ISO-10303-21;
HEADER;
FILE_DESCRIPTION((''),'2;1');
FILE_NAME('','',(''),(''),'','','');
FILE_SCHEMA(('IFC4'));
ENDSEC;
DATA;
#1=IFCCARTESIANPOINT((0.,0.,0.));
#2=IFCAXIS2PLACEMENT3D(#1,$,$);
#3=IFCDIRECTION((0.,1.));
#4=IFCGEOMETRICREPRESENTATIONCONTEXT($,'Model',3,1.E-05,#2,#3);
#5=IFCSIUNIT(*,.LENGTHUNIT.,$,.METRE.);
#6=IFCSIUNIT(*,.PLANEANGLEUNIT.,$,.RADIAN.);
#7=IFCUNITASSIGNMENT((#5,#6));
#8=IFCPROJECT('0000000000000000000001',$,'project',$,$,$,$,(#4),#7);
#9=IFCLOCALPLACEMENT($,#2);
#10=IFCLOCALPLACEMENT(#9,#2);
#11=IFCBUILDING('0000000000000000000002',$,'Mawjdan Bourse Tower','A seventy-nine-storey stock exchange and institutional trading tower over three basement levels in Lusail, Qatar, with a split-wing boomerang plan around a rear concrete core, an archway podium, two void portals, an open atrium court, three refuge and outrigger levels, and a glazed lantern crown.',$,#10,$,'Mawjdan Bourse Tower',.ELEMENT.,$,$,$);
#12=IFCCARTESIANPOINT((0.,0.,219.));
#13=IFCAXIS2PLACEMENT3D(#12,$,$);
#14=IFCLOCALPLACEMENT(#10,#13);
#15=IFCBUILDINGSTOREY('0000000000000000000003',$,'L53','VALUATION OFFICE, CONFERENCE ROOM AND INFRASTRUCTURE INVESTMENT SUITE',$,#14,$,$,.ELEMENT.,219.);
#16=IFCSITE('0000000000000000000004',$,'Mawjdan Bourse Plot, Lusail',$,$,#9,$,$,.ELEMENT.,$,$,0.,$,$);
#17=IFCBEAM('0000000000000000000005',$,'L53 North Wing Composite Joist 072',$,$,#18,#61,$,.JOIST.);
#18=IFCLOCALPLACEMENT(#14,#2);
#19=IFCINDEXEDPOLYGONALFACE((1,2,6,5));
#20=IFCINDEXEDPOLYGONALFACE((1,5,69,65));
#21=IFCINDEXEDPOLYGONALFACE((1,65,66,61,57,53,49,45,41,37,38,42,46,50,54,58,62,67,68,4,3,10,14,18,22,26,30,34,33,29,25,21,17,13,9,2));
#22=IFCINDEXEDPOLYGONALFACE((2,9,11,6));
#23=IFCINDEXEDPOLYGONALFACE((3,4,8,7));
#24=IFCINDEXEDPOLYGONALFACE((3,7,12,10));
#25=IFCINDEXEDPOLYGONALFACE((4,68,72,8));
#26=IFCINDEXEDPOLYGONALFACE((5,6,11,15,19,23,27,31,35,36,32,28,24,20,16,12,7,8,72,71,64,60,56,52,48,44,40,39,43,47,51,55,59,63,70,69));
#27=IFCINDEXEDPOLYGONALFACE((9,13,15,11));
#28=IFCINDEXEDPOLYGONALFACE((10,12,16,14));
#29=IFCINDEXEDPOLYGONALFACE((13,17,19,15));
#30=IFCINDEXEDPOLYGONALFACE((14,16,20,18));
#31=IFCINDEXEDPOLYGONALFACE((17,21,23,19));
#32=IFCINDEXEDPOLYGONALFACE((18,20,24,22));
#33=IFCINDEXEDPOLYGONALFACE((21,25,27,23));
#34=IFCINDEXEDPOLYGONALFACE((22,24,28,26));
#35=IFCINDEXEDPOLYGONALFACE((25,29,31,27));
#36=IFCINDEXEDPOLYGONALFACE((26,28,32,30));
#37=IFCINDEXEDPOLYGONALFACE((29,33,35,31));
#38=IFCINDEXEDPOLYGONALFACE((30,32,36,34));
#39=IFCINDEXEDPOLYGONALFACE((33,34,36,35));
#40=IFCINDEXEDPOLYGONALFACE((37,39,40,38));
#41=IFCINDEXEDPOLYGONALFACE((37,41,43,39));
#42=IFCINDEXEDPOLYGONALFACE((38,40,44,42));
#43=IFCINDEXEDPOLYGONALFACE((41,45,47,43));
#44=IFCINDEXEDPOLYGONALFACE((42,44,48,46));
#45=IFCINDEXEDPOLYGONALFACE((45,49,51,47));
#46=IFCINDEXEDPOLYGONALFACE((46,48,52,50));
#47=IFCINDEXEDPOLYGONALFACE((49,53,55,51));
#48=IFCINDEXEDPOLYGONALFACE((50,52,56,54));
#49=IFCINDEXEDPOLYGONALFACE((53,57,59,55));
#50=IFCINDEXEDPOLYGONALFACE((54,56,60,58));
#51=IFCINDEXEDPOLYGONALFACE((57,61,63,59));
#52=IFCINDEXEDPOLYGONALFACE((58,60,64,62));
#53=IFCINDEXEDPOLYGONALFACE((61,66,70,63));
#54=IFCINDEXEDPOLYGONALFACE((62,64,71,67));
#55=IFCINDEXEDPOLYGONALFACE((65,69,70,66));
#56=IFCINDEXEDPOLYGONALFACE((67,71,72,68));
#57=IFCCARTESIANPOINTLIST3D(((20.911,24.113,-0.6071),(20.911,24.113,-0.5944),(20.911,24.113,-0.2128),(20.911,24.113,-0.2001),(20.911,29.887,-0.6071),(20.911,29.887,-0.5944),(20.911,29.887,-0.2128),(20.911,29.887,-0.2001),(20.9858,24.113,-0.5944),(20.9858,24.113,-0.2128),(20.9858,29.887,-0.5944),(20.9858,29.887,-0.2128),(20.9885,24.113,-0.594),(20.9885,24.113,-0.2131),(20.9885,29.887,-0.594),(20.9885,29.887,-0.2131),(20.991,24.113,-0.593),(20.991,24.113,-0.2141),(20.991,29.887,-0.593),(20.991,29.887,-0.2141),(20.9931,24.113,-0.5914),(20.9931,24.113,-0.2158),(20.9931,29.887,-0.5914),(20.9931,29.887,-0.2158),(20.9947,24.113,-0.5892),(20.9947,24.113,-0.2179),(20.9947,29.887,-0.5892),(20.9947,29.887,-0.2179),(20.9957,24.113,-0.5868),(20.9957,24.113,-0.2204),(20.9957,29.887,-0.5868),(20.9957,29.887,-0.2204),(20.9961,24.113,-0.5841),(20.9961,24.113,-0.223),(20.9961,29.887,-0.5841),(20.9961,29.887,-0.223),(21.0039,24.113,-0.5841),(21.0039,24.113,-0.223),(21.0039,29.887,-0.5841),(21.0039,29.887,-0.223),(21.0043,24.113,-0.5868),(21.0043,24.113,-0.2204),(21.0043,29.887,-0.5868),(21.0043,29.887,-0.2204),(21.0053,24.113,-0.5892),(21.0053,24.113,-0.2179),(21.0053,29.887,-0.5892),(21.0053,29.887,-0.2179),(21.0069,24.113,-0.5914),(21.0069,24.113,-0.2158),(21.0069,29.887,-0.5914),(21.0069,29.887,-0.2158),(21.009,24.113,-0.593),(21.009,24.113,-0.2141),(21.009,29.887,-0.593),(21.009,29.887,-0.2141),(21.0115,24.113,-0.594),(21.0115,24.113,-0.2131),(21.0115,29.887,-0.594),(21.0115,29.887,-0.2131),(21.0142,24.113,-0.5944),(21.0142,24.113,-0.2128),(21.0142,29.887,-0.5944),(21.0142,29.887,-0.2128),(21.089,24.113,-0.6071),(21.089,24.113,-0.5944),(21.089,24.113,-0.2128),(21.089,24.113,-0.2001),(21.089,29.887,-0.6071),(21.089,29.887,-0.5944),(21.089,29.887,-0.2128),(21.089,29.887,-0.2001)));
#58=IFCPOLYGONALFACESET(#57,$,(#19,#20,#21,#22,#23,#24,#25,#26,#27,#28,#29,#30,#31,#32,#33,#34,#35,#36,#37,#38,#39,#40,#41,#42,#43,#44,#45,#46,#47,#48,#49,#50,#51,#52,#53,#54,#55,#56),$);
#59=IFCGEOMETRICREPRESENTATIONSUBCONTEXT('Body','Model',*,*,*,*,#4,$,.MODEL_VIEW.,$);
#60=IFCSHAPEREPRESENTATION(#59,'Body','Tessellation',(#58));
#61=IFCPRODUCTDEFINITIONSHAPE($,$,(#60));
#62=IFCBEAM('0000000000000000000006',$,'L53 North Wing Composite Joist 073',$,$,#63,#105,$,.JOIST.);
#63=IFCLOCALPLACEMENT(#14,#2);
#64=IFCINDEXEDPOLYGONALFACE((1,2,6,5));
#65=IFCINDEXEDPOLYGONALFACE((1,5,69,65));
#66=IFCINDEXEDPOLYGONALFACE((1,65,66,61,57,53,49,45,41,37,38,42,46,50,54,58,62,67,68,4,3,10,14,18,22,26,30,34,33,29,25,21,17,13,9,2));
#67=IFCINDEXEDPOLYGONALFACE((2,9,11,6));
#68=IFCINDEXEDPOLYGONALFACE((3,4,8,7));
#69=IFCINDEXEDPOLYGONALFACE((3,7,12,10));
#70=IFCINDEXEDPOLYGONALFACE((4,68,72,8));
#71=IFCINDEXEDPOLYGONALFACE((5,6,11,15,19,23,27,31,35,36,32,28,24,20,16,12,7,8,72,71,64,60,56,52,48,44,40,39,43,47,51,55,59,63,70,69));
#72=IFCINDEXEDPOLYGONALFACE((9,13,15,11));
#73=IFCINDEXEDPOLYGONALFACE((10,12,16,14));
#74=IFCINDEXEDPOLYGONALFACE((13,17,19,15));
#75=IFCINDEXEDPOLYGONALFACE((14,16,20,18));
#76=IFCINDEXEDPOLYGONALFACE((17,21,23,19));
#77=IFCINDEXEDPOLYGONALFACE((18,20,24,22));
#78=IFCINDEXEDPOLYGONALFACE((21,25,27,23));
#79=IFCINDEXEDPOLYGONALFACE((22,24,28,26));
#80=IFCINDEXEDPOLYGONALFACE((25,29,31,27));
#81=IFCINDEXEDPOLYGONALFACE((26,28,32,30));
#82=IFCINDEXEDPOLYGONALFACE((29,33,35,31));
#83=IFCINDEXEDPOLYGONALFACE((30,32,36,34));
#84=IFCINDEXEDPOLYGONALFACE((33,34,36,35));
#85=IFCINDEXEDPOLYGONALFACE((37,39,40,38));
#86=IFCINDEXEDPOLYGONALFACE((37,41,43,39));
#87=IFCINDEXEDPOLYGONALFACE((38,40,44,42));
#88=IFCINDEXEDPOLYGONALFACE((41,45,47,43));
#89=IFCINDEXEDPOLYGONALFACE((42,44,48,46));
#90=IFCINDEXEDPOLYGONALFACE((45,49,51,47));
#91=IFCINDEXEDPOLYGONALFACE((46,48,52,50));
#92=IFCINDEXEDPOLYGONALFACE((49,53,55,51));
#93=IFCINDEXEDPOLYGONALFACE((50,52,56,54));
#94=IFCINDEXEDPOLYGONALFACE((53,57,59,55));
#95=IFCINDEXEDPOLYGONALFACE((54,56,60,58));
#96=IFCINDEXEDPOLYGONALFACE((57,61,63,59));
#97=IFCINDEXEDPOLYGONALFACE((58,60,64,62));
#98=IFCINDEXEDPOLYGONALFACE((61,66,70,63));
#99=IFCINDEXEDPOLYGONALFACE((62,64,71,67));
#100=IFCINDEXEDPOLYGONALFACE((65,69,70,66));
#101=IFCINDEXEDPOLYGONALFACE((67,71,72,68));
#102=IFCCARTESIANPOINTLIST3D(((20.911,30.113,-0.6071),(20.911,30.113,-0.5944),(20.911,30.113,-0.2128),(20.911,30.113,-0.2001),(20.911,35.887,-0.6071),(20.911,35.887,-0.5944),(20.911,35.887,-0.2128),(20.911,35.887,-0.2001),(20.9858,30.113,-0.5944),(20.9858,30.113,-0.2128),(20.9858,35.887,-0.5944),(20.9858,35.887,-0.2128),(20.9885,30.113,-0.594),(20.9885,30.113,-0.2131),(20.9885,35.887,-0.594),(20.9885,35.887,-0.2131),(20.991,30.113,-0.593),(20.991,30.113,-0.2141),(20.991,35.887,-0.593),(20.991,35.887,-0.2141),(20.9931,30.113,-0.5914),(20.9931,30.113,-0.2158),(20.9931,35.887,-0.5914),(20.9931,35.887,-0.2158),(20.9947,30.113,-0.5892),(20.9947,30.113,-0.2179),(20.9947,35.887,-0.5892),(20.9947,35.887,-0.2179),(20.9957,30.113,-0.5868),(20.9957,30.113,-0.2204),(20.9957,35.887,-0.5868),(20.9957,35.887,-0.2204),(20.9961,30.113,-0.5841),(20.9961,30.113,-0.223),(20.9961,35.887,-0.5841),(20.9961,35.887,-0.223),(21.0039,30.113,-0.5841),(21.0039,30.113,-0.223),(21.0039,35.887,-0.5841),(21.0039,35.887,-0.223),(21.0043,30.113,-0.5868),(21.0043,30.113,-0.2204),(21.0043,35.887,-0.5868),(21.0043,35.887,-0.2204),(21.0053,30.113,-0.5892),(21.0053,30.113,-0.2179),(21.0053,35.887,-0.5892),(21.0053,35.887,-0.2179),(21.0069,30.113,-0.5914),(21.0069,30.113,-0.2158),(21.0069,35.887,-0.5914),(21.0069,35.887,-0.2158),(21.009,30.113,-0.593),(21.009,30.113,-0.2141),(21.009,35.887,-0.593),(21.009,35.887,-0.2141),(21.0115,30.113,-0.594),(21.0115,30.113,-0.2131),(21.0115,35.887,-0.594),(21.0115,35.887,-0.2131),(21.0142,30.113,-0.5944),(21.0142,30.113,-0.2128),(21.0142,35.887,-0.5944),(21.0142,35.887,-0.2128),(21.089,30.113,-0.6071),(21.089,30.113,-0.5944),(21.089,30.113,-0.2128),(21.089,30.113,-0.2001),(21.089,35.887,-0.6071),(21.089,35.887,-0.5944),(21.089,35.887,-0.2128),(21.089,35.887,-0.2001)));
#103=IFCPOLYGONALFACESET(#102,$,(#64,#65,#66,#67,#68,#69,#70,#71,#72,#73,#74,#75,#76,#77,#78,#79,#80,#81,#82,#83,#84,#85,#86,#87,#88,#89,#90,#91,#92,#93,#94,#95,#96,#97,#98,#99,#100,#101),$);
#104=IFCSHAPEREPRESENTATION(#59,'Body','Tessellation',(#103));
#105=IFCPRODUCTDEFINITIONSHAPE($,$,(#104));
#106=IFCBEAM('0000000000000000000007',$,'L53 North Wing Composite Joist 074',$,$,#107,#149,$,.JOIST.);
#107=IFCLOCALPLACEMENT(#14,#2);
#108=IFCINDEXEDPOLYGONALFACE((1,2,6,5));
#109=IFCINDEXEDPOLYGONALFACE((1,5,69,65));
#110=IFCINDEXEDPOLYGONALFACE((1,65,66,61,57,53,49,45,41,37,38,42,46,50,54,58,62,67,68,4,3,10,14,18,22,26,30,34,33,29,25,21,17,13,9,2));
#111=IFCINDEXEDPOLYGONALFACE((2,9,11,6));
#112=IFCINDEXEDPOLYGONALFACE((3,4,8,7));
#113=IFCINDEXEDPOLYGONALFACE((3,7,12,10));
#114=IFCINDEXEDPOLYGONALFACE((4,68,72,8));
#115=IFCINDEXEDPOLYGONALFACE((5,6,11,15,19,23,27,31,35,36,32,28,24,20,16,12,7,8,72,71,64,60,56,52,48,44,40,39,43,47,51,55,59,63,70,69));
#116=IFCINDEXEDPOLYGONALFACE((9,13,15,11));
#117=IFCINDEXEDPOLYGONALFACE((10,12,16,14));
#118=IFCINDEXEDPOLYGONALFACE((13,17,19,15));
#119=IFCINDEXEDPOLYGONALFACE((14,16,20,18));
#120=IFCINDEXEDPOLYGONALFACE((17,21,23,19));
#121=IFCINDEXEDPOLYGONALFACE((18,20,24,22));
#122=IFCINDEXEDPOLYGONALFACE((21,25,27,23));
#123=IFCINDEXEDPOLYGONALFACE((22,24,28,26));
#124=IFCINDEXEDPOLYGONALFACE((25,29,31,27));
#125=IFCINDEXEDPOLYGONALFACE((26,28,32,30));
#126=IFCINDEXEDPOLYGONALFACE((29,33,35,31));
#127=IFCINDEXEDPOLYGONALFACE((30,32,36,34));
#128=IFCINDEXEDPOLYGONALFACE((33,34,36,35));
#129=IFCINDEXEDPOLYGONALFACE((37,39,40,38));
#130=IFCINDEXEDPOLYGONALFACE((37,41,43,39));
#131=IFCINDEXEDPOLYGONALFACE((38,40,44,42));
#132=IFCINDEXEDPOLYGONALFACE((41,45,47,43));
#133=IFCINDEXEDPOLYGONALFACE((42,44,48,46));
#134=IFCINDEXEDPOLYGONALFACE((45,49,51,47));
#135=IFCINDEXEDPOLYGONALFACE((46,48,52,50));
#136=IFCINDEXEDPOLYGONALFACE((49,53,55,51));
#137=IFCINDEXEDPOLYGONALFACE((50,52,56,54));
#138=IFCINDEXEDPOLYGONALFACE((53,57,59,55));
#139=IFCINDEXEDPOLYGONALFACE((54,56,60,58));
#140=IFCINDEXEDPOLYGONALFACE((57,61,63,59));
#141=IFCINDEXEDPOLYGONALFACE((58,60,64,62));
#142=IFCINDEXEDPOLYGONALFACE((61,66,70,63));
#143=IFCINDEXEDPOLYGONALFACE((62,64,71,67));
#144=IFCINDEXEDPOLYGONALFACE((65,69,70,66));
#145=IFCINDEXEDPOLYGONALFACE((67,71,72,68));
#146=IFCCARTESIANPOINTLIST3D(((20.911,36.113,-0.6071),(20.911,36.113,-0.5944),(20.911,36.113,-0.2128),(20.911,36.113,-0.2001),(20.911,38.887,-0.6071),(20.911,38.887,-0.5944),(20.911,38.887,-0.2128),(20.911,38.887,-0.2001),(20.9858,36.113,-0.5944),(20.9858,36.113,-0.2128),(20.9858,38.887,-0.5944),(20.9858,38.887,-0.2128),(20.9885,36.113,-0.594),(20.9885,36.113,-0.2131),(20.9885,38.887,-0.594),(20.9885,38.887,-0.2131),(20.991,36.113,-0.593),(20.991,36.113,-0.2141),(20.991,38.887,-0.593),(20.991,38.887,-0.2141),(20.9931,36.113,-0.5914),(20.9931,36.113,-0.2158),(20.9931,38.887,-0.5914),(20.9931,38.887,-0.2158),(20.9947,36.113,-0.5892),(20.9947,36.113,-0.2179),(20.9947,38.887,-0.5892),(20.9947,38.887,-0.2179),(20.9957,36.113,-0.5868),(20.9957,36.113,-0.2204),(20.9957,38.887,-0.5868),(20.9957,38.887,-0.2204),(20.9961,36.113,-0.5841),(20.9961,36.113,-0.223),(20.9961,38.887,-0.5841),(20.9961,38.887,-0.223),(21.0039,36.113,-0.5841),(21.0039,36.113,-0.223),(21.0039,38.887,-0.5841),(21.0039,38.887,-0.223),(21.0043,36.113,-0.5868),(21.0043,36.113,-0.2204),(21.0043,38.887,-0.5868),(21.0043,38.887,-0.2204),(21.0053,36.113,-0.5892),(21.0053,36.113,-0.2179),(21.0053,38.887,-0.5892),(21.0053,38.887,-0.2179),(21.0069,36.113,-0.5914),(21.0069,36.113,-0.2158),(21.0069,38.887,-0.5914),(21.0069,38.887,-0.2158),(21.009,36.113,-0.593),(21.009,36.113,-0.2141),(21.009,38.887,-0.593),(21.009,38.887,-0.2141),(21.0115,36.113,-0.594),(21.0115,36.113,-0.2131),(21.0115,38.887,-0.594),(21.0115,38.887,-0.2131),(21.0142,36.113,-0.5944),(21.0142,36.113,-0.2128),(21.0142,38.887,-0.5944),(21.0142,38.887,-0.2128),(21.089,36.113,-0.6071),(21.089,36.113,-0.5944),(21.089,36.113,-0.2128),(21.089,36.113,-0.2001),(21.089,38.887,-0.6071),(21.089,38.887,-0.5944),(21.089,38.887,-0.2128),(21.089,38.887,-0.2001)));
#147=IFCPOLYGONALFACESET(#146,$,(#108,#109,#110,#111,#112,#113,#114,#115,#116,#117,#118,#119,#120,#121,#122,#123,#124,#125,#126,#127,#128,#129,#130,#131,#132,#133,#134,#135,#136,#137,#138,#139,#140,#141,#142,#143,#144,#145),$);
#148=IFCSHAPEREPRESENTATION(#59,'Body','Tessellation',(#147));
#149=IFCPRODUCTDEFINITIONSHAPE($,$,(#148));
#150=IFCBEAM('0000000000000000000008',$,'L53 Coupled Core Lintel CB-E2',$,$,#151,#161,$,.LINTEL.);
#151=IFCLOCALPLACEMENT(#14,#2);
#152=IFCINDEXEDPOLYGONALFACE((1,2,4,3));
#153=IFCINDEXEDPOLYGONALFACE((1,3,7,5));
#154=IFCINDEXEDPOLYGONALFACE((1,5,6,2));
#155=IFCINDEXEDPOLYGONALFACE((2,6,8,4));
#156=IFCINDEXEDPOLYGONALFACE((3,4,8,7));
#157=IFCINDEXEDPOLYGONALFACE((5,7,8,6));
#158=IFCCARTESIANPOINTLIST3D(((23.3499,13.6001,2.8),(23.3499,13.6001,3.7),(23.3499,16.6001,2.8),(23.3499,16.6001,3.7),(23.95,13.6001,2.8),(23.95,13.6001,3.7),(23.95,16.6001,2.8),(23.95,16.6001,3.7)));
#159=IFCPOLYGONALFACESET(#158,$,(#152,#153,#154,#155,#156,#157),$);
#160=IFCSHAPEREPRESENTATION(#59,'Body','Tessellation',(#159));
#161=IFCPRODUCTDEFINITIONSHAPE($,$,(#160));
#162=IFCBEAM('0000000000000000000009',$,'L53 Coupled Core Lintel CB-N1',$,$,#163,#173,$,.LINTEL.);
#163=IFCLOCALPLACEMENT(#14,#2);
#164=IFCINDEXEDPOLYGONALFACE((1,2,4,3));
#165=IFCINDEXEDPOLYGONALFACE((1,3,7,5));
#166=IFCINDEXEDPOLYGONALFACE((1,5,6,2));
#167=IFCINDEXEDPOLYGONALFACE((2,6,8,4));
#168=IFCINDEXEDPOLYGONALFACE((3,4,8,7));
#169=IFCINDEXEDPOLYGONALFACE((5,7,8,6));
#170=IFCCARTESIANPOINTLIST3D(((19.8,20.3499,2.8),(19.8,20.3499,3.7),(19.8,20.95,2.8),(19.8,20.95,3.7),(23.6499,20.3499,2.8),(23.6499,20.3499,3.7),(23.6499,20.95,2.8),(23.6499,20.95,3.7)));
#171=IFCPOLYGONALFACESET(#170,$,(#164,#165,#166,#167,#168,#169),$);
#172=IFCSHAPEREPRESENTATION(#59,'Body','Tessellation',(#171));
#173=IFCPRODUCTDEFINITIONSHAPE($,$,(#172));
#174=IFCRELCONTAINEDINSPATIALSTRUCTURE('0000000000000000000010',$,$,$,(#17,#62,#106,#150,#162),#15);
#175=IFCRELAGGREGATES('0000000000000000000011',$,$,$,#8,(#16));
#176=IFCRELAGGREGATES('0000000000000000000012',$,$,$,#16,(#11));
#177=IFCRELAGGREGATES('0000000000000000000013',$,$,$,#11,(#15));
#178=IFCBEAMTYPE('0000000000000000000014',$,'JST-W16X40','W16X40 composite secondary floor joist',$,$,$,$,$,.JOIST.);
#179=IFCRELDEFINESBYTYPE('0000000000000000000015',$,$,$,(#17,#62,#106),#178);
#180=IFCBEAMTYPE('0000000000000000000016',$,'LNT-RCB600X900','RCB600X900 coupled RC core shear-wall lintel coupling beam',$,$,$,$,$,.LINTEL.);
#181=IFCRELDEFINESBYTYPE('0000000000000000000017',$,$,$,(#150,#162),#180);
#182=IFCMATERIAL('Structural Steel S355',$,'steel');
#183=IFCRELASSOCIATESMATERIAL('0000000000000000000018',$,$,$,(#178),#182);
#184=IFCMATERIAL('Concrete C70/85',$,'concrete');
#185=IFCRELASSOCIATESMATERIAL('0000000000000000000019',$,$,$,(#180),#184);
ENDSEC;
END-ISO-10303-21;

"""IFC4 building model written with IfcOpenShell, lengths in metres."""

from ifc_helpers import new_model, si_unit, direction, frame, origin, origin_2d, place, context, subcontext, project, spatial, rectangle, i_section, extrude, material, material_profile, profile_set, type_object, element, save


model = new_model("IFC4")

# Units and contexts
model_context = context("Model", 3, precision=1e-05, world=origin(), true_north=direction((0.0, 1.0)))
body_context = subcontext(model_context, "Body", "Model", "MODEL_VIEW")
ifc_project = project(units=[si_unit("LENGTHUNIT", "METRE"), si_unit("PLANEANGLEUNIT", "RADIAN")], contexts=[model_context])

# Site, building, storey
site_placement = place(None, origin())
site = spatial("IfcSite", under=ifc_project, at=site_placement, Name="Mawjdan Bourse Plot, Lusail", CompositionType="ELEMENT", RefElevation=0.0)
building_placement = place(site_placement, origin())
building = spatial("IfcBuilding", under=site, at=building_placement, Name="Mawjdan Bourse Tower", Description="A seventy-nine-storey stock exchange and institutional trading tower over three basement levels in Lusail, Qatar, with a split-wing boomerang plan around a rear concrete core, an archway podium, two void portals, an open atrium court, three refuge and outrigger levels, and a glazed lantern crown.", LongName="Mawjdan Bourse Tower", CompositionType="ELEMENT")
storey_placement = place(building_placement, frame((0.0, 0.0, 219.0)))
storey = spatial("IfcBuildingStorey", under=building, at=storey_placement, Name="L53", Description="VALUATION OFFICE, CONFERENCE ROOM AND INFRASTRUCTURE INVESTMENT SUITE", CompositionType="ELEMENT", Elevation=219.0)

# Shared definitions
ifc_material_1 = material(Name="Concrete C70/85", Category="concrete")

# Beams
ifc_material_2 = material(Name="Structural Steel S355", Category="steel")
ifc_material_profile_1 = material_profile(ifc_material_2, i_section(OverallWidth=0.178, OverallDepth=0.407, WebThickness=0.0078, FlangeThickness=0.0127, FilletRadius=0.0103, at=origin_2d()), Name="W16X40")
ifc_profile_set_1 = profile_set([ifc_material_profile_1], Name="Structural Steel S355")
beam_type_1 = type_object("IfcBeamType", Name="JST-W16X40", Description="W16X40 composite secondary floor joist", PredefinedType="JOIST", material=ifc_profile_set_1)
for number, where, z_axis, x_axis, name in (
    (1, (21.0, 24.113, -0.4036), (0.0, 1.0, 0.0), (-1.0, 0.0, 0.0), "L53 North Wing Composite Joist 072"),
    (2, (21.0, 30.113, -0.4036), (0.0, 1.0, 0.0), (-1.0, 0.0, 0.0), "L53 North Wing Composite Joist 073"),
):
    element("IfcBeam", number, at=place(storey_placement, frame(where, z_axis=z_axis, x_axis=x_axis)), inside=storey, type_object=beam_type_1, Name=name, PredefinedType="JOIST", context=body_context, shape_type="SweptSolid", body=[
        extrude(i_section(OverallWidth=0.178, OverallDepth=0.407, WebThickness=0.0078, FlangeThickness=0.0127, FilletRadius=0.0103, at=origin_2d()), origin(), (0.0, 0.0, 1.0), 5.7739),
    ])
beam_1_placement = place(storey_placement, frame((21.0, 36.113, -0.4036), z_axis=(0.0, 1.0, 0.0), x_axis=(-1.0, 0.0, 0.0)))
element("IfcBeam", 3, at=beam_1_placement, inside=storey, type_object=beam_type_1, Name="L53 North Wing Composite Joist 074", PredefinedType="JOIST", context=body_context, shape_type="SweptSolid", body=[
    extrude(i_section(OverallWidth=0.178, OverallDepth=0.407, WebThickness=0.0078, FlangeThickness=0.0127, FilletRadius=0.0103, at=origin_2d()), origin(), (0.0, 0.0, 1.0), 2.7739),
])
ifc_material_profile_2 = material_profile(ifc_material_1, rectangle(XDim=0.6001, YDim=0.8999, at=origin_2d()), Name="RCB600X900")
ifc_profile_set_2 = profile_set([ifc_material_profile_2], Name="Concrete C70/85")
beam_type_2 = type_object("IfcBeamType", Name="LNT-RCB600X900", Description="RCB600X900 coupled RC core shear-wall lintel coupling beam", PredefinedType="LINTEL", material=ifc_profile_set_2)
beam_2_placement = place(storey_placement, frame((23.6499, 13.6001, 3.25), z_axis=(0.0, 1.0, 0.0), x_axis=(-1.0, 0.0, 0.0)))
element("IfcBeam", 4, at=beam_2_placement, inside=storey, type_object=beam_type_2, Name="L53 Coupled Core Lintel CB-E2", PredefinedType="LINTEL", context=body_context, shape_type="SweptSolid", body=[
    extrude(rectangle(XDim=0.6001, YDim=0.8999, at=origin_2d()), origin(), (0.0, 0.0, 1.0), 3.0),
])
beam_3_placement = place(storey_placement, frame((19.8, 20.6499, 3.25), z_axis=(1.0, 0.0, 0.0), x_axis=(0.0, 1.0, 0.0)))
element("IfcBeam", 5, at=beam_3_placement, inside=storey, type_object=beam_type_2, Name="L53 Coupled Core Lintel CB-N1", PredefinedType="LINTEL", context=body_context, shape_type="SweptSolid", body=[
    extrude(rectangle(XDim=0.6001, YDim=0.8999, at=origin_2d()), origin(), (0.0, 0.0, 1.0), 3.8499),
])

save(model, "model.ifc")
